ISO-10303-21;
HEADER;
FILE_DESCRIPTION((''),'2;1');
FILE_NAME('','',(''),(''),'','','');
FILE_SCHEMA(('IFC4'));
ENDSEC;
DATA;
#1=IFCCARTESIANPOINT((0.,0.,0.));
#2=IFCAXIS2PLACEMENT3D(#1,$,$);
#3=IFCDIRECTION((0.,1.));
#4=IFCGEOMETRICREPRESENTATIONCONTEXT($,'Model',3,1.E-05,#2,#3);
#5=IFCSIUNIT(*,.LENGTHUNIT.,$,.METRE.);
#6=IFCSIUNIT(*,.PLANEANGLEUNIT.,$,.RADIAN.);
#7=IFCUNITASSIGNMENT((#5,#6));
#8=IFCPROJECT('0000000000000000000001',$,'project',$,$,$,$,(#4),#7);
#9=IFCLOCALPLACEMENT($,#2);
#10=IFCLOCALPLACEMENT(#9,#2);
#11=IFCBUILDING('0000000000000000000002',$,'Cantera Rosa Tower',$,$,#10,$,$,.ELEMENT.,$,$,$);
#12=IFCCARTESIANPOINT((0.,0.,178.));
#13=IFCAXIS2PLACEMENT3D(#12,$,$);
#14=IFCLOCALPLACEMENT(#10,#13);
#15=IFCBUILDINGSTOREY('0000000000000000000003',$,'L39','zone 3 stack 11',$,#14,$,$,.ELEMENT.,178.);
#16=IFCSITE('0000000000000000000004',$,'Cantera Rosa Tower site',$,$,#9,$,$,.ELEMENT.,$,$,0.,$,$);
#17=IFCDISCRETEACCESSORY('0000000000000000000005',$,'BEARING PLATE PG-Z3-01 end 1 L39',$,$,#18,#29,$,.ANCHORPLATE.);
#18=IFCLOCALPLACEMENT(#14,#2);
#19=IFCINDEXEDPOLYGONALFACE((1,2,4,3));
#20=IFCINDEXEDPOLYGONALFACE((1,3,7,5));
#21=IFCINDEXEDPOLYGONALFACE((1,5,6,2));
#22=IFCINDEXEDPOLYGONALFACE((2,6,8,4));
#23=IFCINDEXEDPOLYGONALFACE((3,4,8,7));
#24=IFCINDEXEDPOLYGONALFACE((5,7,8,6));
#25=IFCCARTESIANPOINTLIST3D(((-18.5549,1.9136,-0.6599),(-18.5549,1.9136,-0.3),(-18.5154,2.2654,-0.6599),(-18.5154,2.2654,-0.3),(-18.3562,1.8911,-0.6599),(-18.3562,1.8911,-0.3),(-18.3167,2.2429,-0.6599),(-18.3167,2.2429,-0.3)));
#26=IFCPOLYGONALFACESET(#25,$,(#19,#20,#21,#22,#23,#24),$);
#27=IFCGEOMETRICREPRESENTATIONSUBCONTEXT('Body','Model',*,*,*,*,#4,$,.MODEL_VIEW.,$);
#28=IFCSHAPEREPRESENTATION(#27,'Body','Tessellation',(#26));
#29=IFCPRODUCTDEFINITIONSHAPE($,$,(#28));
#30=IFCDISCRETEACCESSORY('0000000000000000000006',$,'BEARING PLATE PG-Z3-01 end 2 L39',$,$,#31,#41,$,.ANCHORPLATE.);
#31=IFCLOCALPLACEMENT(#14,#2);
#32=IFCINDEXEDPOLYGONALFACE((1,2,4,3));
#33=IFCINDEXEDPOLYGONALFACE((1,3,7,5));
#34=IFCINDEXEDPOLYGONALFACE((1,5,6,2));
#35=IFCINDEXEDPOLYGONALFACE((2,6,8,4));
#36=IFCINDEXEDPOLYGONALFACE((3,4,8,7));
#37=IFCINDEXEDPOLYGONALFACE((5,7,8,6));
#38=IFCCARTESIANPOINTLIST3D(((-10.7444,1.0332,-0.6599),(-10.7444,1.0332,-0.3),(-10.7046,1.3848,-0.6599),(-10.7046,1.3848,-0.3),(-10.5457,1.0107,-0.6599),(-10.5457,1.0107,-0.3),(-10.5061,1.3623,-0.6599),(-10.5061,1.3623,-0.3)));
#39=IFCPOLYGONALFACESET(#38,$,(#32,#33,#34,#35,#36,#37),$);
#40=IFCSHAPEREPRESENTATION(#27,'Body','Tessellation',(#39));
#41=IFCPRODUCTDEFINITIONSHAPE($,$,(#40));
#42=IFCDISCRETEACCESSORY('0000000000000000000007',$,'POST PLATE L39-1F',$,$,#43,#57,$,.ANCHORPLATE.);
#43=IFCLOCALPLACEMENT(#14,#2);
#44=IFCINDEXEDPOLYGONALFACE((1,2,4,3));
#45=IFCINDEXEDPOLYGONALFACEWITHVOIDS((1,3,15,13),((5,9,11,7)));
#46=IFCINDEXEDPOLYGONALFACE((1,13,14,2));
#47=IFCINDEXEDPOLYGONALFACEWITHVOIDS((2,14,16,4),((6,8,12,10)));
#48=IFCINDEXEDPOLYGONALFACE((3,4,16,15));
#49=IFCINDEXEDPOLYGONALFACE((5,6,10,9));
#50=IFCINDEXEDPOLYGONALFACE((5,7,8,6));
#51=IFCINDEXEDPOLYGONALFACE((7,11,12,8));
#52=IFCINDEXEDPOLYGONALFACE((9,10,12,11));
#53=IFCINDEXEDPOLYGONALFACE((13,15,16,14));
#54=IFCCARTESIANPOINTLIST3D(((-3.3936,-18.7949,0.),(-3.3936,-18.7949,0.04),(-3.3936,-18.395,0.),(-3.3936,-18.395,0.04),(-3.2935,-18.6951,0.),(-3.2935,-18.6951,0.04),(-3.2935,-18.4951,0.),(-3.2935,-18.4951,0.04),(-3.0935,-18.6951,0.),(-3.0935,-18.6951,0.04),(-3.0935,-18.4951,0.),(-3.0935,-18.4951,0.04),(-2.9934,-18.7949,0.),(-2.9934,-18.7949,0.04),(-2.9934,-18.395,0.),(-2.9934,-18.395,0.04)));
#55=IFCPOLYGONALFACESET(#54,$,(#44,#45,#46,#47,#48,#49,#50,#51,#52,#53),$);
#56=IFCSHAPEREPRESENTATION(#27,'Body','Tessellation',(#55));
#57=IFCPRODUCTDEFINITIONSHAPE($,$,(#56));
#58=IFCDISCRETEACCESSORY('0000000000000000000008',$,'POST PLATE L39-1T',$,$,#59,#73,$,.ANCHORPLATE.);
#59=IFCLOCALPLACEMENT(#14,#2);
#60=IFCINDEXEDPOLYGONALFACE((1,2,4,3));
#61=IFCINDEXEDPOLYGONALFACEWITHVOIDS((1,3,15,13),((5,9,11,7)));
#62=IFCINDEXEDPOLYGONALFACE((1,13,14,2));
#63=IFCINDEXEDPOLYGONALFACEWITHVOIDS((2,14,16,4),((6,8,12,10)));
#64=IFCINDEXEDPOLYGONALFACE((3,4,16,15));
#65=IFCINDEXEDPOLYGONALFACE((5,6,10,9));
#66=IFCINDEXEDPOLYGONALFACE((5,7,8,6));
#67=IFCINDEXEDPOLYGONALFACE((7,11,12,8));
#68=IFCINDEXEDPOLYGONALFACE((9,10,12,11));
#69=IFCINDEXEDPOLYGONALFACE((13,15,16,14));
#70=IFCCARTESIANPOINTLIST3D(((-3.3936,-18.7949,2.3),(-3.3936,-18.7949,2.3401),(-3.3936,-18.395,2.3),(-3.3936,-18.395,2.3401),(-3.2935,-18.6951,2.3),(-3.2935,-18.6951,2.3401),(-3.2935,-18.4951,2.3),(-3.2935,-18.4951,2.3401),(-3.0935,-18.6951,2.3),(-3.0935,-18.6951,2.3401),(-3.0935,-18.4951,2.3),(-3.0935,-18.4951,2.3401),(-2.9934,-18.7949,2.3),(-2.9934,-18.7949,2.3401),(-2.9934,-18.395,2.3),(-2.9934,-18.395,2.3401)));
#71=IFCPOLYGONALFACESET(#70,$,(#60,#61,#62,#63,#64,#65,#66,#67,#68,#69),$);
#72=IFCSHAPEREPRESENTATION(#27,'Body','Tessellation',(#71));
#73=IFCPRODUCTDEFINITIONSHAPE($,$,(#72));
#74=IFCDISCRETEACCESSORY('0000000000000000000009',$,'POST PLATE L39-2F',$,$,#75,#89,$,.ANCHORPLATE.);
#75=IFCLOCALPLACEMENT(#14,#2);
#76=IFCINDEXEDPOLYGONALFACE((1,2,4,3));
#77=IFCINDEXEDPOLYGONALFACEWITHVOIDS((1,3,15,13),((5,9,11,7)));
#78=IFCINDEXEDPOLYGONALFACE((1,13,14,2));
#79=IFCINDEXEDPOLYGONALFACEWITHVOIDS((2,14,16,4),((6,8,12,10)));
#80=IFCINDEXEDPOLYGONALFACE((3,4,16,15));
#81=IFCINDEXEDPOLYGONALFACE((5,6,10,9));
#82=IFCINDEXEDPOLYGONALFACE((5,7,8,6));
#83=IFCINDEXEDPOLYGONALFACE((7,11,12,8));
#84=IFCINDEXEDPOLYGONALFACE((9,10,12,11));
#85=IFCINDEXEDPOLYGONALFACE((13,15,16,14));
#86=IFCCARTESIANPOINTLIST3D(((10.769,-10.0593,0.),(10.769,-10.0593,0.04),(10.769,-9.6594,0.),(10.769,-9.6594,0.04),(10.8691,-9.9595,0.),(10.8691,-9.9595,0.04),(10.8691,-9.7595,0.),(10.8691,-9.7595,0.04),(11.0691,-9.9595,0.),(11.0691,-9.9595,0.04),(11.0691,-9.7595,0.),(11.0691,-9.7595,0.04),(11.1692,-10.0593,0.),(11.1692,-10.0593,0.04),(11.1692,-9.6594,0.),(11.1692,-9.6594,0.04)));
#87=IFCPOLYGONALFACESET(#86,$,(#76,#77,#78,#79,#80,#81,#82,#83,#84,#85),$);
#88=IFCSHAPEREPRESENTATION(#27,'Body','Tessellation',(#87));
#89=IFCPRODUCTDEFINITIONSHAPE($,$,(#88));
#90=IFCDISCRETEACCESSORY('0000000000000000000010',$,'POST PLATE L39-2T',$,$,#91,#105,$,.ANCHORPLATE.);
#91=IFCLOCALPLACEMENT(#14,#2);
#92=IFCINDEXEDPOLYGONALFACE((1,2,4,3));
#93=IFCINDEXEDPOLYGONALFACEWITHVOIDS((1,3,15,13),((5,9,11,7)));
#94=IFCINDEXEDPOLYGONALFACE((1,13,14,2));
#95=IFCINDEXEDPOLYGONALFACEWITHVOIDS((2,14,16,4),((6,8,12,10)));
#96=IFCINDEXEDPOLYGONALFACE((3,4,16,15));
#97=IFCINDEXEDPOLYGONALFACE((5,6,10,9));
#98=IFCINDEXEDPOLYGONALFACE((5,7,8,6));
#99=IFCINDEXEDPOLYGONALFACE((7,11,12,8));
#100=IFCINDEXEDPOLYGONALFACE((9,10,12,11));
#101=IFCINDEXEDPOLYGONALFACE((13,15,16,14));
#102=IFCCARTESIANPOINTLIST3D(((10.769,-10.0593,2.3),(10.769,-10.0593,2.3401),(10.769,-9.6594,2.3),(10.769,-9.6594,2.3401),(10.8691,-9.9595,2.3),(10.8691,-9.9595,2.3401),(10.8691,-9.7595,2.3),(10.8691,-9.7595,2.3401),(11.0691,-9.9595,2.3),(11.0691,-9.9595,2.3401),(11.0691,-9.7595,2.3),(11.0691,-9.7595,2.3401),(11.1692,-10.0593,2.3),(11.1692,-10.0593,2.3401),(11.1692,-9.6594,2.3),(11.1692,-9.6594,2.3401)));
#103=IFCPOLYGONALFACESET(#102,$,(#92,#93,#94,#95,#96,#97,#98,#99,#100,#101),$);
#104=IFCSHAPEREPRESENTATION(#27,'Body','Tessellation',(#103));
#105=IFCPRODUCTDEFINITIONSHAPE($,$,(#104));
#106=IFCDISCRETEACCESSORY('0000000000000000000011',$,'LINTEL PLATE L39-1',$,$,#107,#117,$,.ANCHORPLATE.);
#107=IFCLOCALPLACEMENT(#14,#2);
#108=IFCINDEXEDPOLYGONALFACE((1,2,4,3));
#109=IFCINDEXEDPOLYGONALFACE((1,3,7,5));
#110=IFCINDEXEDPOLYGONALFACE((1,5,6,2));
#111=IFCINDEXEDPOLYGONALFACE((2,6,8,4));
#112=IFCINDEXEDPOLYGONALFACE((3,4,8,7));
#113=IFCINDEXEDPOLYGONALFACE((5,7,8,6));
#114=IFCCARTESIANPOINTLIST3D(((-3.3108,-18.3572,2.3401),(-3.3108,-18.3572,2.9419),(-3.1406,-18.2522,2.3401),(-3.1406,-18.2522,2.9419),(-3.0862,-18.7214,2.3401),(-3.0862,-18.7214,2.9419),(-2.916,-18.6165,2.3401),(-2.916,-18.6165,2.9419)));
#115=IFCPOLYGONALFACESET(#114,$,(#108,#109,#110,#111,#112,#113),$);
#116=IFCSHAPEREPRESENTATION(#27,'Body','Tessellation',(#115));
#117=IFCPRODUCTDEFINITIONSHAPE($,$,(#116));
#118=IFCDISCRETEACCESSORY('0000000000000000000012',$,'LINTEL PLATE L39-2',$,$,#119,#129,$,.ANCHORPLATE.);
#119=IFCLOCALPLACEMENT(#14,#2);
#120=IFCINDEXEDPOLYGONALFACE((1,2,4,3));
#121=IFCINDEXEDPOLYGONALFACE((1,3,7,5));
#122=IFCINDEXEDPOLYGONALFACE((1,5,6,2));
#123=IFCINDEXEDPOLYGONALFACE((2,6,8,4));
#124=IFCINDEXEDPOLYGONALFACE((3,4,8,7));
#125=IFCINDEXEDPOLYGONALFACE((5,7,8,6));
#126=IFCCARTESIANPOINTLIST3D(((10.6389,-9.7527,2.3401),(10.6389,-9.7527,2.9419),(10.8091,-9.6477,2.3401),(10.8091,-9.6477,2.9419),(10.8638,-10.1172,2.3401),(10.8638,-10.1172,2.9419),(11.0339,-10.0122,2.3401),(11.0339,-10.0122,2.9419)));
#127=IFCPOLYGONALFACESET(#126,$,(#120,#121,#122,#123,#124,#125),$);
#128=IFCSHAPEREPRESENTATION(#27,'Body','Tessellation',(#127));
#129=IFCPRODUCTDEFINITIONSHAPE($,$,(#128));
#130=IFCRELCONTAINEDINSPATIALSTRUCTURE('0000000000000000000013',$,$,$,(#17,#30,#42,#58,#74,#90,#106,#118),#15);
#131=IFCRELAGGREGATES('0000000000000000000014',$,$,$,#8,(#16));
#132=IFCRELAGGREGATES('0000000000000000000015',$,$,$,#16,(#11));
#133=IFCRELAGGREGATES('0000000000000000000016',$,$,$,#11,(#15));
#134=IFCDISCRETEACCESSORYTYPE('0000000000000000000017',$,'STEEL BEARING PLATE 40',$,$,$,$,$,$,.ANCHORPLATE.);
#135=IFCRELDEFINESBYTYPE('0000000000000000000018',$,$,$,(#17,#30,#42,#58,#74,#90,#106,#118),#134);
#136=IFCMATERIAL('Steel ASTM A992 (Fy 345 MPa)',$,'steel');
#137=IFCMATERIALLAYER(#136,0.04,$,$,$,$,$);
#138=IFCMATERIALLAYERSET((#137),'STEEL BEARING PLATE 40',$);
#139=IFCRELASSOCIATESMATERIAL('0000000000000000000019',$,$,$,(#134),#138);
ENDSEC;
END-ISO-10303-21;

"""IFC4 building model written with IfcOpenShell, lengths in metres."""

from ifc_helpers import new_model, si_unit, direction, frame, origin, place, context, subcontext, project, spatial, polyline, outline, extrude, material, layer, layer_set, type_object, element, save


model = new_model("IFC4")

# Units and contexts
model_context = context("Model", 3, precision=1e-05, world=origin(), true_north=direction((0.0, 1.0)))
body_context = subcontext(model_context, "Body", "Model", "MODEL_VIEW")
ifc_project = project(units=[si_unit("LENGTHUNIT", "METRE"), si_unit("PLANEANGLEUNIT", "RADIAN")], contexts=[model_context])

# Site, building, storey
site_placement = place(None, origin())
site = spatial("IfcSite", under=ifc_project, at=site_placement, Name="Cantera Rosa Tower site", CompositionType="ELEMENT", RefElevation=0.0)
building_placement = place(site_placement, origin())
building = spatial("IfcBuilding", under=site, at=building_placement, Name="Cantera Rosa Tower", CompositionType="ELEMENT")
storey_placement = place(building_placement, frame((0.0, 0.0, 178.0)))
storey = spatial("IfcBuildingStorey", under=building, at=storey_placement, Name="L39", Description="zone 3 stack 11", CompositionType="ELEMENT", Elevation=178.0)

# Discrete accessories
ifc_material_1 = material(Name="Steel ASTM A992 (Fy 345 MPa)", Category="steel")
ifc_layer_1 = layer(ifc_material_1, 0.04)
ifc_layer_set_1 = layer_set([ifc_layer_1], Name="STEEL BEARING PLATE 40")
discrete_accessory_type = type_object("IfcDiscreteAccessoryType", Name="STEEL BEARING PLATE 40", PredefinedType="ANCHORPLATE", material=ifc_layer_set_1)
discrete_accessory_1_placement = place(storey_placement, frame((0.0, 0.0, -0.6599)))
element("IfcDiscreteAccessory", 1, at=discrete_accessory_1_placement, inside=storey, type_object=discrete_accessory_type, Name="BEARING PLATE PG-Z3-01 end 1 L39", PredefinedType="ANCHORPLATE", context=body_context, shape_type="SweptSolid", body=[
    extrude(outline(polyline([(-18.3167, 2.2429), (-18.5154, 2.2654), (-18.5549, 1.9136), (-18.3562, 1.8911), (-18.3167, 2.2429)])), origin(), (0.0, 0.0, 1.0), 0.3599),
])
discrete_accessory_2_placement = place(storey_placement, frame((0.0, 0.0, -0.6599)))
element("IfcDiscreteAccessory", 2, at=discrete_accessory_2_placement, inside=storey, type_object=discrete_accessory_type, Name="BEARING PLATE PG-Z3-01 end 2 L39", PredefinedType="ANCHORPLATE", context=body_context, shape_type="SweptSolid", body=[
    extrude(outline(polyline([(-10.7444, 1.0332), (-10.5457, 1.0107), (-10.5061, 1.3623), (-10.7046, 1.3848), (-10.7444, 1.0332)])), origin(), (0.0, 0.0, 1.0), 0.3599),
])
for number, where, name in (
    (3, (0.0, 0.0, 0.0), "POST PLATE L39-1F"),
    (4, (0.0, 0.0, 2.3), "POST PLATE L39-1T"),
):
    element("IfcDiscreteAccessory", number, at=place(storey_placement, frame(where)), inside=storey, type_object=discrete_accessory_type, Name=name, PredefinedType="ANCHORPLATE", context=body_context, shape_type="SweptSolid", body=[
        extrude(outline(polyline([(-3.3936, -18.7949), (-2.9934, -18.7949), (-2.9934, -18.395), (-3.3936, -18.395), (-3.3936, -18.7949)]), holes=[polyline([(-3.2935, -18.6951), (-3.0935, -18.6951), (-3.0935, -18.4951), (-3.2935, -18.4951), (-3.2935, -18.6951)])]), origin(), (0.0, 0.0, 1.0), 0.04),
    ])
for number, where, name in (
    (5, (0.0, 0.0, 0.0), "POST PLATE L39-2F"),
    (6, (0.0, 0.0, 2.3), "POST PLATE L39-2T"),
):
    element("IfcDiscreteAccessory", number, at=place(storey_placement, frame(where)), inside=storey, type_object=discrete_accessory_type, Name=name, PredefinedType="ANCHORPLATE", context=body_context, shape_type="SweptSolid", body=[
        extrude(outline(polyline([(10.769, -10.0593), (11.1692, -10.0593), (11.1692, -9.6594), (10.769, -9.6594), (10.769, -10.0593)]), holes=[polyline([(10.8691, -9.9595), (11.0691, -9.9595), (11.0691, -9.7595), (10.8691, -9.7595), (10.8691, -9.9595)])]), origin(), (0.0, 0.0, 1.0), 0.04),
    ])
discrete_accessory_3_placement = place(storey_placement, frame((0.0, 0.0, 2.3401)))
element("IfcDiscreteAccessory", 7, at=discrete_accessory_3_placement, inside=storey, type_object=discrete_accessory_type, Name="LINTEL PLATE L39-1", PredefinedType="ANCHORPLATE", context=body_context, shape_type="SweptSolid", body=[
    extrude(outline(polyline([(-3.1406, -18.2522), (-3.3108, -18.3572), (-3.0862, -18.7214), (-2.916, -18.6165), (-3.1406, -18.2522)])), origin(), (0.0, 0.0, 1.0), 0.6018),
])
discrete_accessory_4_placement = place(storey_placement, frame((0.0, 0.0, 2.3401)))
element("IfcDiscreteAccessory", 8, at=discrete_accessory_4_placement, inside=storey, type_object=discrete_accessory_type, Name="LINTEL PLATE L39-2", PredefinedType="ANCHORPLATE", context=body_context, shape_type="SweptSolid", body=[
    extrude(outline(polyline([(10.8638, -10.1172), (11.0339, -10.0122), (10.8091, -9.6477), (10.6389, -9.7527), (10.8638, -10.1172)])), origin(), (0.0, 0.0, 1.0), 0.6018),
])

save(model, "model.ifc")
